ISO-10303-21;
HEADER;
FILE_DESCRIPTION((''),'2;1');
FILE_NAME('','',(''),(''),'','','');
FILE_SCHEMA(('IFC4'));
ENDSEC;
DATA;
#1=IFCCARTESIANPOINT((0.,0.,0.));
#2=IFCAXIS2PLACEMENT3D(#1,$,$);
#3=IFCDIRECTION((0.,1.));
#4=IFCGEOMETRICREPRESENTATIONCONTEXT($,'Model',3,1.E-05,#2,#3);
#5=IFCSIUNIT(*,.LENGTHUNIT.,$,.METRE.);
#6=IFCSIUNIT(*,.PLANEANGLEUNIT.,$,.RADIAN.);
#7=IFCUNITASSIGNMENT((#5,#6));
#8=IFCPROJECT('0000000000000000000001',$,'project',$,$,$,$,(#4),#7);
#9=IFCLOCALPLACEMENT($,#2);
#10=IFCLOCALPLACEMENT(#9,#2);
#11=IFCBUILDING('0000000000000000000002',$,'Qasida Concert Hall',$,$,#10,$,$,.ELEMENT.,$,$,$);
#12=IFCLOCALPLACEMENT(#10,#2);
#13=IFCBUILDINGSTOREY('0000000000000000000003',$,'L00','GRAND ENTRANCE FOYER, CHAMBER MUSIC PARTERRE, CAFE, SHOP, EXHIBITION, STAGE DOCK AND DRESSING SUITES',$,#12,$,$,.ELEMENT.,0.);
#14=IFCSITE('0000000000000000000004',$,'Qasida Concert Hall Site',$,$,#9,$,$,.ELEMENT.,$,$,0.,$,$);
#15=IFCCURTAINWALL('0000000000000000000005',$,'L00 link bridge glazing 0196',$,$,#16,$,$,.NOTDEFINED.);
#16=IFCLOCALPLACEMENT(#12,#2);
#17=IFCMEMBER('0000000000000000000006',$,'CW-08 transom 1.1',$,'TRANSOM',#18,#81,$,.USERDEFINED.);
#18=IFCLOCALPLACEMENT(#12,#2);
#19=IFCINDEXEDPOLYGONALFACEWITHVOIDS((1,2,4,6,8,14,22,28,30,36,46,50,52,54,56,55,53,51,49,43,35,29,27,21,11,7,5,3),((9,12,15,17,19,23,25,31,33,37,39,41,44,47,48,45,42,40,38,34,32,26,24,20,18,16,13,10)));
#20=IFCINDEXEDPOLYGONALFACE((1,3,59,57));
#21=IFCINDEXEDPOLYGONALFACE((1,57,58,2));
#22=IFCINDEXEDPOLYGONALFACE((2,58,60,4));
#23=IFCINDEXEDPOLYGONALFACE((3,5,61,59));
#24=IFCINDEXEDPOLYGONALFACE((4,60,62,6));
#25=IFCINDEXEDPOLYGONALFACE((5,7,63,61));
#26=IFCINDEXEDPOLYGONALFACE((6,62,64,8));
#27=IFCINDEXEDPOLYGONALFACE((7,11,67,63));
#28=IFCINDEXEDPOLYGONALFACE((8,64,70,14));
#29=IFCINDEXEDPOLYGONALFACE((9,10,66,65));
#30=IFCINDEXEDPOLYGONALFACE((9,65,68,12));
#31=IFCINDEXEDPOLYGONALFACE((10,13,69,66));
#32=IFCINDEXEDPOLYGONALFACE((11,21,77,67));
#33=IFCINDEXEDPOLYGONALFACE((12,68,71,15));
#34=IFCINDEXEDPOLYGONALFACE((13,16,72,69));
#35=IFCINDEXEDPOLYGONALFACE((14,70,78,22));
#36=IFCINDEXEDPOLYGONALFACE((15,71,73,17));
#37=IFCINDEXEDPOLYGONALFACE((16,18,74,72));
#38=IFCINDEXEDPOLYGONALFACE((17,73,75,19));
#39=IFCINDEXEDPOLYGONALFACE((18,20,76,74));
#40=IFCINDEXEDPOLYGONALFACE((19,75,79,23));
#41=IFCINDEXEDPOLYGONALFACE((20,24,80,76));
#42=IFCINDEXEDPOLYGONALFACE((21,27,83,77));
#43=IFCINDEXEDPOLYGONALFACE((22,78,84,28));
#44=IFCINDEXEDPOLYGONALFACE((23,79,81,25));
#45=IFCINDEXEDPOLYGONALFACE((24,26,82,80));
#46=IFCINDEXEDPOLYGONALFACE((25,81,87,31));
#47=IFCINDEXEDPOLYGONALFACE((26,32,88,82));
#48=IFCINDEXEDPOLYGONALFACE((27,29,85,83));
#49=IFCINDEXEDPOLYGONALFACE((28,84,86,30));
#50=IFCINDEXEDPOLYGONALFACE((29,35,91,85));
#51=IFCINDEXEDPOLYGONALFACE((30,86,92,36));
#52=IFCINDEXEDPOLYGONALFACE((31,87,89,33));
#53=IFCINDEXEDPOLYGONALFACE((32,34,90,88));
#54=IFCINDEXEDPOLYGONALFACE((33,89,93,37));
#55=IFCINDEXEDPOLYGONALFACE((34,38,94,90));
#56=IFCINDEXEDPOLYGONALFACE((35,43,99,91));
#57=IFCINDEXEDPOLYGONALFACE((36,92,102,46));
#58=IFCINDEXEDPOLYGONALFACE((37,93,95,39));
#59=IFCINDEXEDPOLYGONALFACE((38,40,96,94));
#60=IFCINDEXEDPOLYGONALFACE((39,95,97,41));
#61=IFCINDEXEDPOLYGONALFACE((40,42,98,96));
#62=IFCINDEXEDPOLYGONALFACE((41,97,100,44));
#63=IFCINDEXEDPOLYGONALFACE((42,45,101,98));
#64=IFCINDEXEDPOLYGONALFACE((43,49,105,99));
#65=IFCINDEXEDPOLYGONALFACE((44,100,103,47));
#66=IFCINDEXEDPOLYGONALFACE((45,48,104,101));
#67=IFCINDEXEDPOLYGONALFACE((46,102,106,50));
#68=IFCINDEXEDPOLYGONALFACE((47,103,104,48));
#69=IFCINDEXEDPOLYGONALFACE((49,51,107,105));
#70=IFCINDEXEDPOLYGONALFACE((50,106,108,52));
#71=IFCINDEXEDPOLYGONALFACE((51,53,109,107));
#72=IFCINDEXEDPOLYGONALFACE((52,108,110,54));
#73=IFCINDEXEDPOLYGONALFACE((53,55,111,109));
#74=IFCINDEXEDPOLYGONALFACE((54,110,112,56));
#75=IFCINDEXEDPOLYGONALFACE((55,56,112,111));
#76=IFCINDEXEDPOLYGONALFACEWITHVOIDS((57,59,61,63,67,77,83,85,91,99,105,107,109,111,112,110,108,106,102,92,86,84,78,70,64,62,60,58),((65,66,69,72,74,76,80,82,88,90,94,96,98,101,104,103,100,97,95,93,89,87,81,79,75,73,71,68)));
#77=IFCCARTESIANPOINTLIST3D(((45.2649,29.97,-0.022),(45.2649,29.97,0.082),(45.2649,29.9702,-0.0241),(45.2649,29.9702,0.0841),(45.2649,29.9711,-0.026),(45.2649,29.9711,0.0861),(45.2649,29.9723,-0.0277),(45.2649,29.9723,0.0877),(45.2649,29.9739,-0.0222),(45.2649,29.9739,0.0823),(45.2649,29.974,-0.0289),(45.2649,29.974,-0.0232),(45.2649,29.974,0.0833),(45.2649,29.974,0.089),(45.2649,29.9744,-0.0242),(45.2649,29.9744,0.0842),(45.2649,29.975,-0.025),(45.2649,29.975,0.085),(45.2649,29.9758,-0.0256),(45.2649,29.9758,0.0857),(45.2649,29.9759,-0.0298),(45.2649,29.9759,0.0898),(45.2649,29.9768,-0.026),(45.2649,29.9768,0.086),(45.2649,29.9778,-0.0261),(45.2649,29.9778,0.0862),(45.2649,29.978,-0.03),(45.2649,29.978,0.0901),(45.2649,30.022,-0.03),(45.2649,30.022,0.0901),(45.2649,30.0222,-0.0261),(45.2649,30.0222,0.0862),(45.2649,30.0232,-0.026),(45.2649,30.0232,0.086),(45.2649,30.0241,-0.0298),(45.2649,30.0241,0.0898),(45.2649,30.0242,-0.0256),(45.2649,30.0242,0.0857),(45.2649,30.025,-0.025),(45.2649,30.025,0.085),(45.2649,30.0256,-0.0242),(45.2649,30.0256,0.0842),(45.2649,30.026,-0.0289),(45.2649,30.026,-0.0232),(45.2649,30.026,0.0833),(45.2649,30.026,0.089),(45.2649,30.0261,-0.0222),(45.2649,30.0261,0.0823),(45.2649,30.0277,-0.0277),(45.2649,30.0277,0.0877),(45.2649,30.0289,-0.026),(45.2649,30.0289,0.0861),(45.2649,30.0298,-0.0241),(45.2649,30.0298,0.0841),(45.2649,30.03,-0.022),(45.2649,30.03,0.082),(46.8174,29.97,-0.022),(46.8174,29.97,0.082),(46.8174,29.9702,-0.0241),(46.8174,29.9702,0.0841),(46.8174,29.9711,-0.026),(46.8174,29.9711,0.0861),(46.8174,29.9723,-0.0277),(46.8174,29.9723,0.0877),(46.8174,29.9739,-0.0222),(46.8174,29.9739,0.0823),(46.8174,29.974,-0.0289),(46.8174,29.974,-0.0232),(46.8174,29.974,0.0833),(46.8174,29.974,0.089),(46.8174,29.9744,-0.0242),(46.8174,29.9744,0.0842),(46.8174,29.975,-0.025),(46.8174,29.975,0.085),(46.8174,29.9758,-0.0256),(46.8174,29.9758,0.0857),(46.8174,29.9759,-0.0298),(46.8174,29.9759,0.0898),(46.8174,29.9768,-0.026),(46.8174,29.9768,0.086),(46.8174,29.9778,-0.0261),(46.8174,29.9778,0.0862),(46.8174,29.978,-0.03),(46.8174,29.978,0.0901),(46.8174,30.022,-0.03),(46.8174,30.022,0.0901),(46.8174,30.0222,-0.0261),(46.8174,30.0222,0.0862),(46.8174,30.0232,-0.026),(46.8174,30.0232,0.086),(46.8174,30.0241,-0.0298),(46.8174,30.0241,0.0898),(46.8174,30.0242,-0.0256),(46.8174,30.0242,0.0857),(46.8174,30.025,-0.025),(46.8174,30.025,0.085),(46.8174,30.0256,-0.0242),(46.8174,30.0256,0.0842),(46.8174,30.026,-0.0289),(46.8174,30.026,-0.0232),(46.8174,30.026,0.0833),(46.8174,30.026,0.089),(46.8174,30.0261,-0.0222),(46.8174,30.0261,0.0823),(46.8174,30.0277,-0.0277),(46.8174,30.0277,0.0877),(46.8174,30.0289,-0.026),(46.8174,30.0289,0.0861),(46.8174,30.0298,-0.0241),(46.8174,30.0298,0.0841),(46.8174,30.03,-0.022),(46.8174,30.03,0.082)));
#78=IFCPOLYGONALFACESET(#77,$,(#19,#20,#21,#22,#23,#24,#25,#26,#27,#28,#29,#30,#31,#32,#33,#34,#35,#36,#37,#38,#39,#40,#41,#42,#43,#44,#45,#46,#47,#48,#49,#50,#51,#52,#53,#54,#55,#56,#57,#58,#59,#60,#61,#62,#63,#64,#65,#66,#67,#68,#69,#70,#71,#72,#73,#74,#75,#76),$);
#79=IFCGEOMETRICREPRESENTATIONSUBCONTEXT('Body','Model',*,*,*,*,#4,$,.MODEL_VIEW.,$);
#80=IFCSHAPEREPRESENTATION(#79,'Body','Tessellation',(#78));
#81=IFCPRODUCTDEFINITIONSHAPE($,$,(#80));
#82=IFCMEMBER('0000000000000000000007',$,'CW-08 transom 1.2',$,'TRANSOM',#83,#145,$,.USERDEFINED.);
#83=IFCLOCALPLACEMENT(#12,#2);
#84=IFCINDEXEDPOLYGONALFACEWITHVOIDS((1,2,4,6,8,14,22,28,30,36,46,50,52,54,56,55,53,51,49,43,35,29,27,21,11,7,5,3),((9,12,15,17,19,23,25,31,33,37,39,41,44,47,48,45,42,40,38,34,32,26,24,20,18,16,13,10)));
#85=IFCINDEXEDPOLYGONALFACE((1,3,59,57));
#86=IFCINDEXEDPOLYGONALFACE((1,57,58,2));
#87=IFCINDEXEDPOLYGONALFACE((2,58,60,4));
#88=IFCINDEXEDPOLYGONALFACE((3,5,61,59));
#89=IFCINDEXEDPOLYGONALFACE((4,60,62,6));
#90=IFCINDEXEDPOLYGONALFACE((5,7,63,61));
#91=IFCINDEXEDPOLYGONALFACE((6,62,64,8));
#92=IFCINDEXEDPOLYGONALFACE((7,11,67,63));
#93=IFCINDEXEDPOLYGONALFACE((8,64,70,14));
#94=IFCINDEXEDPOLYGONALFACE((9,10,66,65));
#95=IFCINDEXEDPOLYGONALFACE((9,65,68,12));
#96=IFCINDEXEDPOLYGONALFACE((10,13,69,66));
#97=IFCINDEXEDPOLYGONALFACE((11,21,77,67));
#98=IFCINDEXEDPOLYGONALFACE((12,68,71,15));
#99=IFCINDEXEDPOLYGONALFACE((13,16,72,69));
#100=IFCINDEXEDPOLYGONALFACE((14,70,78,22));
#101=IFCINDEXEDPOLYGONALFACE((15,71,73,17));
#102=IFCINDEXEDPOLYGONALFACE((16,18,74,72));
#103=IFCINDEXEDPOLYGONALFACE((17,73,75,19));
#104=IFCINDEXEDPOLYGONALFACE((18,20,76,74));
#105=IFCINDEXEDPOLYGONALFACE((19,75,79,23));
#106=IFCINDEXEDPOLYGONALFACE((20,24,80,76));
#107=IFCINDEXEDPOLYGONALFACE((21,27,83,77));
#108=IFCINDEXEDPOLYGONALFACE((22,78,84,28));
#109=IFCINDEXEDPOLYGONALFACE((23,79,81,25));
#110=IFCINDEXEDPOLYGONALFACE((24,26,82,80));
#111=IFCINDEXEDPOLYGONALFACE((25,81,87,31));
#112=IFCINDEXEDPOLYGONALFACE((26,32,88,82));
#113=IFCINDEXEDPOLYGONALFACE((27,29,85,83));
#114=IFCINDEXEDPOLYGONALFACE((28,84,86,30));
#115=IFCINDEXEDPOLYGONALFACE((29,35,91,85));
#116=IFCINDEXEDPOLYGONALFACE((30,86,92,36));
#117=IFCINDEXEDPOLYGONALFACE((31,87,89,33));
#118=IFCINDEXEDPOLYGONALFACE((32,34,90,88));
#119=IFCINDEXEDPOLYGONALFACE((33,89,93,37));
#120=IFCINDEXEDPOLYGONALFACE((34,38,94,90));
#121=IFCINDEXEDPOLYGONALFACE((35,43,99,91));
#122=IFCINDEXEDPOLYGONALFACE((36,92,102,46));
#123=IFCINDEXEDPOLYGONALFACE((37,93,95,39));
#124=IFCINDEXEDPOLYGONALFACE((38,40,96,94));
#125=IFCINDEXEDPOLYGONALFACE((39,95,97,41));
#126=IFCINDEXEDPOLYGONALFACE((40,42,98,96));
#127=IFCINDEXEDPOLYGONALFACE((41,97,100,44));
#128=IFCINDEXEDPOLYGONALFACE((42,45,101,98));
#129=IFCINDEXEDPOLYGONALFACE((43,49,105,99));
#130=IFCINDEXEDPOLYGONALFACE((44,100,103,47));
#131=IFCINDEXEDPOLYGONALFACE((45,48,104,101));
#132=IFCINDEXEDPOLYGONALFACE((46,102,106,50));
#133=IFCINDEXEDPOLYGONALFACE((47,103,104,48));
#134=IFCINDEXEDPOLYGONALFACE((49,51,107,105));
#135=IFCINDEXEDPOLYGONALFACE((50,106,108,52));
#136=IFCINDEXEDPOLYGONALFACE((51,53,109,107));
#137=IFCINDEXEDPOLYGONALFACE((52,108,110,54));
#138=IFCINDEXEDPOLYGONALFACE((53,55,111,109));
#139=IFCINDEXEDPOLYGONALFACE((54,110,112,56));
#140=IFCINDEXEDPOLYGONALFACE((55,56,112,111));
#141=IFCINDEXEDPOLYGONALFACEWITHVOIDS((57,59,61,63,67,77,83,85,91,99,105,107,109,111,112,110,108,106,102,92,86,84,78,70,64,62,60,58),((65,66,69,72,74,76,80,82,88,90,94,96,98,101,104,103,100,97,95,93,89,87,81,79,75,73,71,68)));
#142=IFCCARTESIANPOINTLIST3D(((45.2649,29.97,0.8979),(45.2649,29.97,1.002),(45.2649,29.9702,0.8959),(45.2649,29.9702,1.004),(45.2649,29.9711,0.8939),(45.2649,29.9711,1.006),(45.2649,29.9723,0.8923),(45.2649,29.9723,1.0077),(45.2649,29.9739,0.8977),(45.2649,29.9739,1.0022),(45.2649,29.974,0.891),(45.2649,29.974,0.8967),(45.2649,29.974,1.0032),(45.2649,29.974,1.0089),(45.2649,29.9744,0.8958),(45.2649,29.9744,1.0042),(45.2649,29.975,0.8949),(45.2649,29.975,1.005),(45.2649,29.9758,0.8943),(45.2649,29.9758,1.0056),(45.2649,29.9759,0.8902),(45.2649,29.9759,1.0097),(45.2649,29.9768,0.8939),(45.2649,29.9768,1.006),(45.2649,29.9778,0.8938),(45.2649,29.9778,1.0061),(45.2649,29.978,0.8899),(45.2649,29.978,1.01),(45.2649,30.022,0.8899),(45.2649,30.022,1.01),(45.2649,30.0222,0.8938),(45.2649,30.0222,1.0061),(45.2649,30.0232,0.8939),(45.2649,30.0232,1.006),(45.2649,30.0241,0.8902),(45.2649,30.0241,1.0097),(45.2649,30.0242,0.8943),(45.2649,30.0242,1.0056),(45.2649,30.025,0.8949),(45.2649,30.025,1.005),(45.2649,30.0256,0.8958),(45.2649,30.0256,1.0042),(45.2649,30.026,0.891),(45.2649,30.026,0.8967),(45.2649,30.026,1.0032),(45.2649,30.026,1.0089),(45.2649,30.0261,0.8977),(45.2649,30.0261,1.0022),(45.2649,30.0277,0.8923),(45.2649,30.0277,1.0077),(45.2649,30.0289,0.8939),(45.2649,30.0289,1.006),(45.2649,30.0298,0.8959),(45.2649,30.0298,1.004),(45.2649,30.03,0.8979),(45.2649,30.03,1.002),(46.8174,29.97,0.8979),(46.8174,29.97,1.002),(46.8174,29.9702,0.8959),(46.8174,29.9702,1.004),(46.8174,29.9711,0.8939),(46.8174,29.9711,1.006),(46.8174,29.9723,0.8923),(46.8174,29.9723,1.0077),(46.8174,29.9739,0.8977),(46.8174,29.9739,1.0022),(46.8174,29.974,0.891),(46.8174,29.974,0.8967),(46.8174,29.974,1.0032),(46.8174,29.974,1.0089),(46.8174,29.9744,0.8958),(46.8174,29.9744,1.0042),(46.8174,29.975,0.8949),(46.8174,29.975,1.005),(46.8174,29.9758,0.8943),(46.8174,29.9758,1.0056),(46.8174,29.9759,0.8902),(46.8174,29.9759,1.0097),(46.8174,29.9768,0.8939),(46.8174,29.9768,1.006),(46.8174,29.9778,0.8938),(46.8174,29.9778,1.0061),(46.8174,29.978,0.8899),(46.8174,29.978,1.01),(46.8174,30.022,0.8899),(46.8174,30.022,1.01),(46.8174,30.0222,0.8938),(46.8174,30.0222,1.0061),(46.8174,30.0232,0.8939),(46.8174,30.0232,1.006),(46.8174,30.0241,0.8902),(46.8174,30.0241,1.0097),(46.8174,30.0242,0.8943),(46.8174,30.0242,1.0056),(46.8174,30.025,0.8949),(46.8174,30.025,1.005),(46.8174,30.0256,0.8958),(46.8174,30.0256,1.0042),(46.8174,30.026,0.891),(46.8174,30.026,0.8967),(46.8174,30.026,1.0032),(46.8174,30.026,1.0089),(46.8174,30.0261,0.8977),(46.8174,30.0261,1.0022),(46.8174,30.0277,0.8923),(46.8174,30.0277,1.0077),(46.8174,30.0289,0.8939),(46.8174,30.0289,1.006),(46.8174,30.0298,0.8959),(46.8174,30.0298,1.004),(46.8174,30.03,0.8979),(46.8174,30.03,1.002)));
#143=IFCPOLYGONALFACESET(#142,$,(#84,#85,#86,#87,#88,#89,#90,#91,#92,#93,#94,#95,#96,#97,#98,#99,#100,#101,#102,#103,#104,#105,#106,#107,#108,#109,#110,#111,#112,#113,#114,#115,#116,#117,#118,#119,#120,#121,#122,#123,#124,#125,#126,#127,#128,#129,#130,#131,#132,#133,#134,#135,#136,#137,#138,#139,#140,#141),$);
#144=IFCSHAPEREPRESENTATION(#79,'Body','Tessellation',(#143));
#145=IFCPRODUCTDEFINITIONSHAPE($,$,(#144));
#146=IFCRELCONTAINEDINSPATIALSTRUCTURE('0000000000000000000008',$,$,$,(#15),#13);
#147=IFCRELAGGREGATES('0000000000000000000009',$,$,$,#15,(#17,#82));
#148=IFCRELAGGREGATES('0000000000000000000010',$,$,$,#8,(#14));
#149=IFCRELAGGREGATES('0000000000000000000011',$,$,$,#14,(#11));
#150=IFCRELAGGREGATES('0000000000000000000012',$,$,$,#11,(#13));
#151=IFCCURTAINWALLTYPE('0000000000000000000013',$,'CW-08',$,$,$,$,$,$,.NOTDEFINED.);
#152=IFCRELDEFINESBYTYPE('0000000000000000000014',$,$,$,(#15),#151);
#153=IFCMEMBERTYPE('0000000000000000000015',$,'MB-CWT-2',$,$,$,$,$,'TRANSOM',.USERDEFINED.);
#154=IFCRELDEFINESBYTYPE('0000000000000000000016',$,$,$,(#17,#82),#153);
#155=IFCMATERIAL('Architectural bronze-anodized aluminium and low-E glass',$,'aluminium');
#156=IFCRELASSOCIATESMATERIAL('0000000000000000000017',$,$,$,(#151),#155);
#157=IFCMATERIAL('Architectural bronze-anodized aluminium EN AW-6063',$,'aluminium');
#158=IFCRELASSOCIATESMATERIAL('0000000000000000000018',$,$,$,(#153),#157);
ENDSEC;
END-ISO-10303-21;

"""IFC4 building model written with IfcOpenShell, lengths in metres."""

from ifc_helpers import new_model, si_unit, direction, frame, origin, origin_2d, place, context, subcontext, project, spatial, hollow_rectangle, extrude, material, material_profile, profile_set, type_object, element, aggregate, save


model = new_model("IFC4")

# Units and contexts
model_context = context("Model", 3, precision=1e-05, world=origin(), true_north=direction((0.0, 1.0)))
body_context = subcontext(model_context, "Body", "Model", "MODEL_VIEW")
ifc_project = project(units=[si_unit("LENGTHUNIT", "METRE"), si_unit("PLANEANGLEUNIT", "RADIAN")], contexts=[model_context])

# Site, building, storey
site_placement = place(None, origin())
site = spatial("IfcSite", under=ifc_project, at=site_placement, Name="Qasida Concert Hall Site", CompositionType="ELEMENT", RefElevation=0.0)
building_placement = place(site_placement, origin())
building = spatial("IfcBuilding", under=site, at=building_placement, Name="Qasida Concert Hall", CompositionType="ELEMENT")
storey_placement = place(building_placement, origin())
storey = spatial("IfcBuildingStorey", under=building, at=storey_placement, Name="L00", Description="GRAND ENTRANCE FOYER, CHAMBER MUSIC PARTERRE, CAFE, SHOP, EXHIBITION, STAGE DOCK AND DRESSING SUITES", CompositionType="ELEMENT", Elevation=0.0)

# Curtain wall
ifc_material_1 = material(Name="Architectural bronze-anodized aluminium and low-E glass", Category="aluminium")
curtain_wall_type = type_object("IfcCurtainWallType", Name="CW-08", PredefinedType="NOTDEFINED", material=ifc_material_1)
ifc_material_2 = material(Name="Architectural bronze-anodized aluminium EN AW-6063", Category="aluminium")
curtain_wall_1_placement = place(storey_placement, origin())
curtain_wall_1 = element("IfcCurtainWall", 1, at=curtain_wall_1_placement, inside=storey, type_object=curtain_wall_type, Name="L00 link bridge glazing 0196", PredefinedType="NOTDEFINED")

# Members
ifc_material_profile_1 = material_profile(ifc_material_2, hollow_rectangle(XDim=0.0601, YDim=0.1201, WallThickness=0.0039, InnerFilletRadius=0.0039, OuterFilletRadius=0.0081, at=origin_2d()), Name="CWT 120x60x4")
ifc_profile_set_1 = profile_set([ifc_material_profile_1], Name="Architectural bronze-anodized aluminium EN AW-6063")
member_type_1 = type_object("IfcMemberType", Name="MB-CWT-2", ElementType="TRANSOM", PredefinedType="USERDEFINED", material=ifc_profile_set_1)
member_1_placement = place(storey_placement, frame((45.2649, 30.0, 0.03), z_axis=(1.0, 0.0, 0.0), x_axis=(0.0, 1.0, 0.0)))
member_1 = element("IfcMember", 2, at=member_1_placement, type_object=member_type_1, Name="CW-08 transom 1.1", ObjectType="TRANSOM", PredefinedType="USERDEFINED", context=body_context, shape_type="SweptSolid", body=[
    extrude(hollow_rectangle(XDim=0.0601, YDim=0.1201, WallThickness=0.0039, InnerFilletRadius=0.0039, OuterFilletRadius=0.0081, at=origin_2d()), origin(), (0.0, 0.0, 1.0), 1.5525),
])
member_2_placement = place(storey_placement, frame((45.2649, 30.0, 0.95), z_axis=(1.0, 0.0, 0.0), x_axis=(0.0, 1.0, 0.0)))
member_2 = element("IfcMember", 3, at=member_2_placement, type_object=member_type_1, Name="CW-08 transom 1.2", ObjectType="TRANSOM", PredefinedType="USERDEFINED", context=body_context, shape_type="SweptSolid", body=[
    extrude(hollow_rectangle(XDim=0.0601, YDim=0.1201, WallThickness=0.0039, InnerFilletRadius=0.0039, OuterFilletRadius=0.0081, at=origin_2d()), origin(), (0.0, 0.0, 1.0), 1.5525),
])

aggregate(curtain_wall_1, [member_1, member_2])

save(model, "model.ifc")
